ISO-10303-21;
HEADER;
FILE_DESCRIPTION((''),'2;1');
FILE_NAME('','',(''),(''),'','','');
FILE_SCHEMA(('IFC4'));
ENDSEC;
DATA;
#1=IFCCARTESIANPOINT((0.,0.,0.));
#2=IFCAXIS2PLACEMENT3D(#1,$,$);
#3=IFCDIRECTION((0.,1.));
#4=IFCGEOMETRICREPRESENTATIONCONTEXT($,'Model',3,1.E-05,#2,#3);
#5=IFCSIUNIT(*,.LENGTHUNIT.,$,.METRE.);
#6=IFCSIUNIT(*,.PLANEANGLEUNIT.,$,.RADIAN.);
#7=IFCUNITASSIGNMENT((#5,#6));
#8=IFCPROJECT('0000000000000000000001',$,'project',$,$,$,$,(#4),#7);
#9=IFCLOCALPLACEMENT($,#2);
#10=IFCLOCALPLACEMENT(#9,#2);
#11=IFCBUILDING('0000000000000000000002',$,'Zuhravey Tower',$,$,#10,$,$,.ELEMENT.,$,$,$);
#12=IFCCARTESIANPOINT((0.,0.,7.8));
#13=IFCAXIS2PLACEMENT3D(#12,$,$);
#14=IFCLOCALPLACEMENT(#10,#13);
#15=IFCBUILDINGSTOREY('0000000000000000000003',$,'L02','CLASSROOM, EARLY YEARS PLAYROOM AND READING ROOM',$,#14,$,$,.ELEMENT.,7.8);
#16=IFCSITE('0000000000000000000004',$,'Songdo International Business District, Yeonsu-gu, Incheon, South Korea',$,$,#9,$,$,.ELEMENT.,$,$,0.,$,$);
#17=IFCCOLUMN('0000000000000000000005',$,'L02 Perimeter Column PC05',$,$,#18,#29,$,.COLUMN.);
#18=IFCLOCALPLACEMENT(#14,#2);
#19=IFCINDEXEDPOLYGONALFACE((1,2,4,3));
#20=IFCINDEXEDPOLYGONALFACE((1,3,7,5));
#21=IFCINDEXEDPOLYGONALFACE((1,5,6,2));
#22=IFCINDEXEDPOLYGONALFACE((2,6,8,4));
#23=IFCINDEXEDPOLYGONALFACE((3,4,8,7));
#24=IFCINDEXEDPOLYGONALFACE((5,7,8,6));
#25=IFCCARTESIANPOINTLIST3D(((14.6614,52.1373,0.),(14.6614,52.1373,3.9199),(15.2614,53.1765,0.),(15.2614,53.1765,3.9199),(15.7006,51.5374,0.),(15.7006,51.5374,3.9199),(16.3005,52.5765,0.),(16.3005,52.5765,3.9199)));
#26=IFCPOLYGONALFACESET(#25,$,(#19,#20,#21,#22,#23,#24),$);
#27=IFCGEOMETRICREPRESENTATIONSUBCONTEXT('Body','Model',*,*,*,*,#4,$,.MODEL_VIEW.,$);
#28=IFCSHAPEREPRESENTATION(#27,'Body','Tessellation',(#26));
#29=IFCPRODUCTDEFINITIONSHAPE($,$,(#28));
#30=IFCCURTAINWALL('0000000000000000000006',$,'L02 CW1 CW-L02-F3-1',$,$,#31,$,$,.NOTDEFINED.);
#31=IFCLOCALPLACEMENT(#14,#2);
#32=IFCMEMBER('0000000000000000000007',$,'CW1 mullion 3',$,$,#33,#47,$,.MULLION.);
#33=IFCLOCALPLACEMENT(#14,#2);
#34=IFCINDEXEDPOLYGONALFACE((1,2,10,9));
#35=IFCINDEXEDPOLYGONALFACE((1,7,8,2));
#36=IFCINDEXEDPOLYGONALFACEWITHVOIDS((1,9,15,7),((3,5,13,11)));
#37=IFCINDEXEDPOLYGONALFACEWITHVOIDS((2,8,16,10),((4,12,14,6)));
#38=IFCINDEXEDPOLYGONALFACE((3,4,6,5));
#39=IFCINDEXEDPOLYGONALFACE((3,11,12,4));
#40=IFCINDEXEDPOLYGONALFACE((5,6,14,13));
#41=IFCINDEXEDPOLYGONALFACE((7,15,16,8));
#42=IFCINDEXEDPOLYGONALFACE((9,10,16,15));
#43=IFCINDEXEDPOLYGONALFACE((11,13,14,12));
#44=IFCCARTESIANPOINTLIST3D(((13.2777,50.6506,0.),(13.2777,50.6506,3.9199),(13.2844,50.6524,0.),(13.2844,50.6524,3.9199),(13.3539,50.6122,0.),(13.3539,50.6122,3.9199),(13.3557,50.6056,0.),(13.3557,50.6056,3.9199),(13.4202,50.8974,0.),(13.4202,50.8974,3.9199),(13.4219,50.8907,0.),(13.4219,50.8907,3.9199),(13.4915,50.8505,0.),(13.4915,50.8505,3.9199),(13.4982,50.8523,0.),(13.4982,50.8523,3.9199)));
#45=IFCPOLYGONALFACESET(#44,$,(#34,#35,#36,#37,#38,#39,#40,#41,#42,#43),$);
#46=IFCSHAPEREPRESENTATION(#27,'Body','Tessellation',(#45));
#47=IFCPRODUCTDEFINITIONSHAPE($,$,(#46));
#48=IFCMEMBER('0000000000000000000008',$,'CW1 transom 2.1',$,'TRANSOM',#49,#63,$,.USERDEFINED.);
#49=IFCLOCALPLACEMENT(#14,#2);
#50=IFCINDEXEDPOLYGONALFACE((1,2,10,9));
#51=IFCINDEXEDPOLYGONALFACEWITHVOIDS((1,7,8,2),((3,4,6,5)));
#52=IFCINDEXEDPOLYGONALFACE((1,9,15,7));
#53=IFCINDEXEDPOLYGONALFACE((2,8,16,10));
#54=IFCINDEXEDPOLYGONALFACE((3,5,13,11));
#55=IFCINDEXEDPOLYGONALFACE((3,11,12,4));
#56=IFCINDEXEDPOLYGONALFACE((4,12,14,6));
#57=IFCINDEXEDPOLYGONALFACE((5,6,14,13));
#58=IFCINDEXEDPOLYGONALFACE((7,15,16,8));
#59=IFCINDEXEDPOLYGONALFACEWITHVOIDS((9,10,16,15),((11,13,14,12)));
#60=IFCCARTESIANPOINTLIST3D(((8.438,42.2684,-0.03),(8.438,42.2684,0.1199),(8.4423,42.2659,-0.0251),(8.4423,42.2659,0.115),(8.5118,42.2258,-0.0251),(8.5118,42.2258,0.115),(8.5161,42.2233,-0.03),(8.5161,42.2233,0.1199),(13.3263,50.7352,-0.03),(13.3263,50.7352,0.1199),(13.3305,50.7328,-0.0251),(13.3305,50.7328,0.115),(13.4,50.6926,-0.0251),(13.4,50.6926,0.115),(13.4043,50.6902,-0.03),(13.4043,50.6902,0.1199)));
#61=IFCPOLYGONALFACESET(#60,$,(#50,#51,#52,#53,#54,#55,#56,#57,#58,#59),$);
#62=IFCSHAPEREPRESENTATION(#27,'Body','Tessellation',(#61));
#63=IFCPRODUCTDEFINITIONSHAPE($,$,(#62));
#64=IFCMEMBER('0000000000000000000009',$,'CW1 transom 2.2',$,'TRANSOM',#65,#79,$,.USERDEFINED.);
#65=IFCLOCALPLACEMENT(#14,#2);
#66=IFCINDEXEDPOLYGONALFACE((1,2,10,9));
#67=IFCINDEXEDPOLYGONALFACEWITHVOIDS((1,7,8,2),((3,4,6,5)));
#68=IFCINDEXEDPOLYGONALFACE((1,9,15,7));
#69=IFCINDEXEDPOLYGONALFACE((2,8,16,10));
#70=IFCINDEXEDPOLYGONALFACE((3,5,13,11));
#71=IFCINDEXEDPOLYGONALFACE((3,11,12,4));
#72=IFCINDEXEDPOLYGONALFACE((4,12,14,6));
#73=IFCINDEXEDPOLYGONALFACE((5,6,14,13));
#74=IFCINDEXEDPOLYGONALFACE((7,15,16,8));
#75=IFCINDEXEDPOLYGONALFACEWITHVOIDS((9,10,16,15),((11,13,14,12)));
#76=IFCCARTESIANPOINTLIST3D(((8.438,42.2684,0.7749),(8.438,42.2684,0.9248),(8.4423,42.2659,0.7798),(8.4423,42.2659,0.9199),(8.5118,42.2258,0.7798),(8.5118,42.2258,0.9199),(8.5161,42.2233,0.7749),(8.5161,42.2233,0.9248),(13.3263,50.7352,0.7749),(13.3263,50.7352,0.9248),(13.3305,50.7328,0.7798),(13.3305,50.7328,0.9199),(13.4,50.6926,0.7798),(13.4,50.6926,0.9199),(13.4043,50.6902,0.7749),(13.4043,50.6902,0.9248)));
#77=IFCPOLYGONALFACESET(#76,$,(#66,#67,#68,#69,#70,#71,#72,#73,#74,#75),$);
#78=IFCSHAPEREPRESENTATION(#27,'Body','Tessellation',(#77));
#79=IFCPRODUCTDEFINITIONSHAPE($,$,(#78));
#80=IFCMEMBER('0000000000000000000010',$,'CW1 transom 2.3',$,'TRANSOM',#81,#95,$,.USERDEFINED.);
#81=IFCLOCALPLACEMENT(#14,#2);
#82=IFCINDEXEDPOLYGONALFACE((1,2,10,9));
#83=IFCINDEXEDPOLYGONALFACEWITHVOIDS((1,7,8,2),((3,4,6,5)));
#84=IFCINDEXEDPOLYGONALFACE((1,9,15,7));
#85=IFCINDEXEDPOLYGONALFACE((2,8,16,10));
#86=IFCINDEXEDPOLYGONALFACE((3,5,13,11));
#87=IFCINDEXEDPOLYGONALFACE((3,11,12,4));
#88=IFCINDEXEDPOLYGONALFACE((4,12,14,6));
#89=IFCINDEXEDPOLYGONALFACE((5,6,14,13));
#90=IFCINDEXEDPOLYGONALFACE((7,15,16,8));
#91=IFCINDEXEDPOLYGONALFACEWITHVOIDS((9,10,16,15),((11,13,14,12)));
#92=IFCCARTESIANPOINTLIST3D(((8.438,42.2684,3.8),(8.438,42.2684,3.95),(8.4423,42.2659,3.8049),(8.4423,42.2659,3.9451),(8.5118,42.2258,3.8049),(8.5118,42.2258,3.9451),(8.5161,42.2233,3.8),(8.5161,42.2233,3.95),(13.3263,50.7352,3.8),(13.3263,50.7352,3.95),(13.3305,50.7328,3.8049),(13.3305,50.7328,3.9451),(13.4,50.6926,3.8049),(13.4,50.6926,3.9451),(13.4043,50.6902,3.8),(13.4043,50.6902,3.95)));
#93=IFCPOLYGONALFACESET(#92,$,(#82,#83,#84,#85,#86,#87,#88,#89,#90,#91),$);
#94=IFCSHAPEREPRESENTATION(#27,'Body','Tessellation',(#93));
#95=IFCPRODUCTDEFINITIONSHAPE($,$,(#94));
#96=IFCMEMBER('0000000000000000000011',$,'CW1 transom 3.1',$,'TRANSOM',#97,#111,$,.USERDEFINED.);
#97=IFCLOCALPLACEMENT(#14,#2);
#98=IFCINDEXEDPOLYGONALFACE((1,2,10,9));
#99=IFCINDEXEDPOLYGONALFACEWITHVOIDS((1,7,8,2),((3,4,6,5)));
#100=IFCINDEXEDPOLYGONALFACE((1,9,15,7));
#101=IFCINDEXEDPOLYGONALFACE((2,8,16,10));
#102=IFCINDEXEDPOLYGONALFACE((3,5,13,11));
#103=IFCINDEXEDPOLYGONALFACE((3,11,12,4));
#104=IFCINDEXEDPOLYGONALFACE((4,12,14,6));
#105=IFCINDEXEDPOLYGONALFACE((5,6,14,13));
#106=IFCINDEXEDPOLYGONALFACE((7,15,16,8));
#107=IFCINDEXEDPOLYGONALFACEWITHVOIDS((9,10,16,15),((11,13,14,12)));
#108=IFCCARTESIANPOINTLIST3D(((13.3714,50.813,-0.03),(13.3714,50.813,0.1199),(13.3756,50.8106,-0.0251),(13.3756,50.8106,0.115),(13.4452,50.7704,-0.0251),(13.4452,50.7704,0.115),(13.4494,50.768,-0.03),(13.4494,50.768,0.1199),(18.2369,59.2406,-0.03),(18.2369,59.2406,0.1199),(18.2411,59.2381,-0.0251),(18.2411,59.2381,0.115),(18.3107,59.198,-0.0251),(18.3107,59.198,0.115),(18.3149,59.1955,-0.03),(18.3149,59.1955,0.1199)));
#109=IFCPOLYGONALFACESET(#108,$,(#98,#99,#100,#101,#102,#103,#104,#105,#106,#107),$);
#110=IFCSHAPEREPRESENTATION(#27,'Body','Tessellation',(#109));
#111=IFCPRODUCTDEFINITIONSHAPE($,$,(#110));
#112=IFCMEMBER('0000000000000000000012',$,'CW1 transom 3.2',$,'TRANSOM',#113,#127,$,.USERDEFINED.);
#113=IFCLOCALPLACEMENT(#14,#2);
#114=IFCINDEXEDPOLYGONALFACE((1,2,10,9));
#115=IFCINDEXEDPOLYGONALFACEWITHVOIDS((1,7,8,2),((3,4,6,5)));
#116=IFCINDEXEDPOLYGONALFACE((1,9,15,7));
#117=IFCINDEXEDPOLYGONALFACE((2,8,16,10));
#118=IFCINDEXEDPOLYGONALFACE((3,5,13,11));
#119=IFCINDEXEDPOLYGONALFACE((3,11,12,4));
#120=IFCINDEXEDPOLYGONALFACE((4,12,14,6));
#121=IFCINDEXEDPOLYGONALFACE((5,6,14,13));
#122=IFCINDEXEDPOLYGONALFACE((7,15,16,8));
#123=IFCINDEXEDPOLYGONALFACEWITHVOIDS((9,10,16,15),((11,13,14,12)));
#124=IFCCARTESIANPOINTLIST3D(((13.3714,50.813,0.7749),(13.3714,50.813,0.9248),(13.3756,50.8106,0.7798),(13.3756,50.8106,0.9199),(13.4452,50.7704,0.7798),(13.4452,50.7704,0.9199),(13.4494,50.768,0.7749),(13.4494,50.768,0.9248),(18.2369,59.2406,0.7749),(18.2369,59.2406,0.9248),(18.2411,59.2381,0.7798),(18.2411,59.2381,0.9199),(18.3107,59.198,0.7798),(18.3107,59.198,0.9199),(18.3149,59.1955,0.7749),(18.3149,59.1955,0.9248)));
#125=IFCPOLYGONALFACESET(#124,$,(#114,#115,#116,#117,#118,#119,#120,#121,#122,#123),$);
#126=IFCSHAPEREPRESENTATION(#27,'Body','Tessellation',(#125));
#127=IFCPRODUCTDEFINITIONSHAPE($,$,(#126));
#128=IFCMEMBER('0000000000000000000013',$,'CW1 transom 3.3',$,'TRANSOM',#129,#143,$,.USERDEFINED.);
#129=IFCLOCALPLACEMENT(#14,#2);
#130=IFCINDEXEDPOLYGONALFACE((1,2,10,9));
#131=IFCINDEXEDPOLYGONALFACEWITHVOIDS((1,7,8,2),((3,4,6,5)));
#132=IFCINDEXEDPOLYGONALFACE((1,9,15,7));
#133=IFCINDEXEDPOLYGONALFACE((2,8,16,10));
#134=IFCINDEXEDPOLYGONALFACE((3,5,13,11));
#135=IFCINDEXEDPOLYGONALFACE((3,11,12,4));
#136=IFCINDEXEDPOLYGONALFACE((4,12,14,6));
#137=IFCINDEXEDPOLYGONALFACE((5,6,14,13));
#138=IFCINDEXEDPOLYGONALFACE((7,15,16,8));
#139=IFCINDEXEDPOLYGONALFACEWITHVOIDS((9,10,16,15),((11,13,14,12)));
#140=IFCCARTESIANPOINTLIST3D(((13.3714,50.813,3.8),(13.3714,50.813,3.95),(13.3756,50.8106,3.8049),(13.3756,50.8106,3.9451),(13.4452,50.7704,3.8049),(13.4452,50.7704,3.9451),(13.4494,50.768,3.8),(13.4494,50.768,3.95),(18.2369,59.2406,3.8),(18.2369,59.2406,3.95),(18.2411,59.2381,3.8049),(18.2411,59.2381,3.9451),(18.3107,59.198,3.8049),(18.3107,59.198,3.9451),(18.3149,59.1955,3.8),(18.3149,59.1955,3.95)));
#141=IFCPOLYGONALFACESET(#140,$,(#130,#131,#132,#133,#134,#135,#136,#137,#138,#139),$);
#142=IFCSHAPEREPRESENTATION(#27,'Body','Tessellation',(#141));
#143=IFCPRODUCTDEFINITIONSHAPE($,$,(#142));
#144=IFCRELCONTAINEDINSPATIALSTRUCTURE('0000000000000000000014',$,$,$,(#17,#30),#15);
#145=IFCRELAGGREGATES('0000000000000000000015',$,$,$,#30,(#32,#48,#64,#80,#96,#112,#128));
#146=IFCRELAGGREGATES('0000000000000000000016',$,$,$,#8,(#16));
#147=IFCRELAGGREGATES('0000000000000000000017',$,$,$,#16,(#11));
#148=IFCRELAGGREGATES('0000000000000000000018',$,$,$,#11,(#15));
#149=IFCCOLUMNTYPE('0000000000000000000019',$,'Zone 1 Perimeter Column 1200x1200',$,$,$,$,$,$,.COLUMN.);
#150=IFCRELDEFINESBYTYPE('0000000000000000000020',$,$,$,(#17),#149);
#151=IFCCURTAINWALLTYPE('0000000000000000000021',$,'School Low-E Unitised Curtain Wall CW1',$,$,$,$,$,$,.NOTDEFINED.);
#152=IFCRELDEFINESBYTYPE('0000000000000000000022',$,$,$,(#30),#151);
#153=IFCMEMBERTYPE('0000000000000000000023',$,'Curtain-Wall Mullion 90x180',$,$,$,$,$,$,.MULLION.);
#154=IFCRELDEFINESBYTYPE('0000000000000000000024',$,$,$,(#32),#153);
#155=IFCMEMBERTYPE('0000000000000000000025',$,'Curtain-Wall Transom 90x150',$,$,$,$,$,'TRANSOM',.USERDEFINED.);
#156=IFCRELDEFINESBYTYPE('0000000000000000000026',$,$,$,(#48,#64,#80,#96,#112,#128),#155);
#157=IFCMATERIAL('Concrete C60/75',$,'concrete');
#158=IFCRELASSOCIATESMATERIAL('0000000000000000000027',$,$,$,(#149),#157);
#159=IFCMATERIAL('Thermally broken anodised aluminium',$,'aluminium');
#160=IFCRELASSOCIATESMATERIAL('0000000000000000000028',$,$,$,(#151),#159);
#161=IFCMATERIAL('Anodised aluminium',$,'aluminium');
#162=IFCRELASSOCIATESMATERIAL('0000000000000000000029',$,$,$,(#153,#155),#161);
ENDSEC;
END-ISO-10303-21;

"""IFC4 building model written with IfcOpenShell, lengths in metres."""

from ifc_helpers import new_model, si_unit, direction, frame, origin, origin_2d, place, context, subcontext, project, spatial, rectangle, hollow_rectangle, extrude, material, material_profile, profile_set, type_object, element, aggregate, save


model = new_model("IFC4")

# Units and contexts
model_context = context("Model", 3, precision=1e-05, world=origin(), true_north=direction((0.0, 1.0)))
body_context = subcontext(model_context, "Body", "Model", "MODEL_VIEW")
ifc_project = project(units=[si_unit("LENGTHUNIT", "METRE"), si_unit("PLANEANGLEUNIT", "RADIAN")], contexts=[model_context])

# Site, building, storey
site_placement = place(None, origin())
site = spatial("IfcSite", under=ifc_project, at=site_placement, Name="Songdo International Business District, Yeonsu-gu, Incheon, South Korea", CompositionType="ELEMENT", RefElevation=0.0)
building_placement = place(site_placement, origin())
building = spatial("IfcBuilding", under=site, at=building_placement, Name="Zuhravey Tower", CompositionType="ELEMENT")
storey_placement = place(building_placement, frame((0.0, 0.0, 7.8)))
storey = spatial("IfcBuildingStorey", under=building, at=storey_placement, Name="L02", Description="CLASSROOM, EARLY YEARS PLAYROOM AND READING ROOM", CompositionType="ELEMENT", Elevation=7.8)

# Column
ifc_material_1 = material(Name="Concrete C60/75", Category="concrete")
ifc_material_profile_1 = material_profile(ifc_material_1, rectangle(XDim=1.2, YDim=1.2, at=origin_2d()), Name="RC-1200x1200")
ifc_profile_set_1 = profile_set([ifc_material_profile_1], Name="Concrete C60/75")
column_type = type_object("IfcColumnType", Name="Zone 1 Perimeter Column 1200x1200", PredefinedType="COLUMN", material=ifc_profile_set_1)
column_placement = place(storey_placement, frame((15.481, 52.3569, 0.0), z_axis=(0.0, 0.0, 1.0), x_axis=(-0.5, -0.866025, 0.0)))
element("IfcColumn", 1, at=column_placement, inside=storey, type_object=column_type, Name="L02 Perimeter Column PC05", PredefinedType="COLUMN", context=body_context, shape_type="SweptSolid", body=[
    extrude(rectangle(XDim=1.2, YDim=1.2, at=origin_2d()), origin(), (0.0, 0.0, 1.0), 3.9199),
])

# Curtain wall, members
ifc_material_2 = material(Name="Thermally broken anodised aluminium", Category="aluminium")
curtain_wall_type = type_object("IfcCurtainWallType", Name="School Low-E Unitised Curtain Wall CW1", PredefinedType="NOTDEFINED", material=ifc_material_2)
curtain_wall_placement = place(storey_placement, origin())
curtain_wall = element("IfcCurtainWall", 2, at=curtain_wall_placement, inside=storey, type_object=curtain_wall_type, Name="L02 CW1 CW-L02-F3-1", PredefinedType="NOTDEFINED")
ifc_material_3 = material(Name="Anodised aluminium", Category="aluminium")
ifc_material_profile_2 = material_profile(ifc_material_3, hollow_rectangle(XDim=0.0901, YDim=0.2849, WallThickness=0.0049, at=origin_2d()), Name="ALU-RHS-90x285x5")
ifc_profile_set_2 = profile_set([ifc_material_profile_2], Name="Anodised aluminium")
member_type_1 = type_object("IfcMemberType", Name="Curtain-Wall Mullion 90x180", PredefinedType="MULLION", material=ifc_profile_set_2)
member_1_placement = place(storey_placement, frame((13.3879, 50.7515, 0.0), z_axis=(0.0, 0.0, 1.0), x_axis=(-0.866026, 0.5, 0.0)))
member_1 = element("IfcMember", 3, at=member_1_placement, type_object=member_type_1, Name="CW1 mullion 3", PredefinedType="MULLION", context=body_context, shape_type="SweptSolid", body=[
    extrude(hollow_rectangle(XDim=0.0901, YDim=0.2849, WallThickness=0.0049, at=origin_2d()), origin(), (0.0, 0.0, 1.0), 3.9199),
])
ifc_material_profile_3 = material_profile(ifc_material_3, hollow_rectangle(XDim=0.0901, YDim=0.1499, WallThickness=0.0049, at=origin_2d()), Name="ALU-RHS-90x150x5")
ifc_profile_set_3 = profile_set([ifc_material_profile_3], Name="Anodised aluminium")
member_type_2 = type_object("IfcMemberType", Name="Curtain-Wall Transom 90x150", ElementType="TRANSOM", PredefinedType="USERDEFINED", material=ifc_profile_set_3)
member_2_placement = place(storey_placement, frame((8.4771, 42.2458, 0.0449), z_axis=(0.49999, 0.866031, 0.0), x_axis=(-0.866031, 0.49999, 0.0)))
member_2 = element("IfcMember", 4, at=member_2_placement, type_object=member_type_2, Name="CW1 transom 2.1", ObjectType="TRANSOM", PredefinedType="USERDEFINED", context=body_context, shape_type="SweptSolid", body=[
    extrude(hollow_rectangle(XDim=0.0901, YDim=0.1499, WallThickness=0.0049, at=origin_2d()), origin(), (0.0, 0.0, 1.0), 9.7766),
])
member_3_placement = place(storey_placement, frame((8.4771, 42.2458, 0.8499), z_axis=(0.49999, 0.866031, 0.0), x_axis=(-0.866031, 0.49999, 0.0)))
member_3 = element("IfcMember", 5, at=member_3_placement, type_object=member_type_2, Name="CW1 transom 2.2", ObjectType="TRANSOM", PredefinedType="USERDEFINED", context=body_context, shape_type="SweptSolid", body=[
    extrude(hollow_rectangle(XDim=0.0901, YDim=0.1499, WallThickness=0.0049, at=origin_2d()), origin(), (0.0, 0.0, 1.0), 9.7766),
])
member_4_placement = place(storey_placement, frame((8.4771, 42.2458, 3.875), z_axis=(0.49999, 0.866031, 0.0), x_axis=(-0.866031, 0.49999, 0.0)))
member_4 = element("IfcMember", 6, at=member_4_placement, type_object=member_type_2, Name="CW1 transom 2.3", ObjectType="TRANSOM", PredefinedType="USERDEFINED", context=body_context, shape_type="SweptSolid", body=[
    extrude(hollow_rectangle(XDim=0.0901, YDim=0.1499, WallThickness=0.0049, at=origin_2d()), origin(), (0.0, 0.0, 1.0), 9.7766),
])
member_5_placement = place(storey_placement, frame((13.4104, 50.7905, 0.0449), z_axis=(0.49999, 0.866031, 0.0), x_axis=(-0.866031, 0.49999, 0.0)))
member_5 = element("IfcMember", 7, at=member_5_placement, type_object=member_type_2, Name="CW1 transom 3.1", ObjectType="TRANSOM", PredefinedType="USERDEFINED", context=body_context, shape_type="SweptSolid", body=[
    extrude(hollow_rectangle(XDim=0.0901, YDim=0.1499, WallThickness=0.0049, at=origin_2d()), origin(), (0.0, 0.0, 1.0), 9.7312),
])
member_6_placement = place(storey_placement, frame((13.4104, 50.7905, 0.8499), z_axis=(0.49999, 0.866031, 0.0), x_axis=(-0.866031, 0.49999, 0.0)))
member_6 = element("IfcMember", 8, at=member_6_placement, type_object=member_type_2, Name="CW1 transom 3.2", ObjectType="TRANSOM", PredefinedType="USERDEFINED", context=body_context, shape_type="SweptSolid", body=[
    extrude(hollow_rectangle(XDim=0.0901, YDim=0.1499, WallThickness=0.0049, at=origin_2d()), origin(), (0.0, 0.0, 1.0), 9.7312),
])
member_7_placement = place(storey_placement, frame((13.4104, 50.7905, 3.875), z_axis=(0.49999, 0.866031, 0.0), x_axis=(-0.866031, 0.49999, 0.0)))
member_7 = element("IfcMember", 9, at=member_7_placement, type_object=member_type_2, Name="CW1 transom 3.3", ObjectType="TRANSOM", PredefinedType="USERDEFINED", context=body_context, shape_type="SweptSolid", body=[
    extrude(hollow_rectangle(XDim=0.0901, YDim=0.1499, WallThickness=0.0049, at=origin_2d()), origin(), (0.0, 0.0, 1.0), 9.7312),
])

aggregate(curtain_wall, [member_1, member_2, member_3, member_4, member_5, member_6, member_7])

save(model, "model.ifc")
